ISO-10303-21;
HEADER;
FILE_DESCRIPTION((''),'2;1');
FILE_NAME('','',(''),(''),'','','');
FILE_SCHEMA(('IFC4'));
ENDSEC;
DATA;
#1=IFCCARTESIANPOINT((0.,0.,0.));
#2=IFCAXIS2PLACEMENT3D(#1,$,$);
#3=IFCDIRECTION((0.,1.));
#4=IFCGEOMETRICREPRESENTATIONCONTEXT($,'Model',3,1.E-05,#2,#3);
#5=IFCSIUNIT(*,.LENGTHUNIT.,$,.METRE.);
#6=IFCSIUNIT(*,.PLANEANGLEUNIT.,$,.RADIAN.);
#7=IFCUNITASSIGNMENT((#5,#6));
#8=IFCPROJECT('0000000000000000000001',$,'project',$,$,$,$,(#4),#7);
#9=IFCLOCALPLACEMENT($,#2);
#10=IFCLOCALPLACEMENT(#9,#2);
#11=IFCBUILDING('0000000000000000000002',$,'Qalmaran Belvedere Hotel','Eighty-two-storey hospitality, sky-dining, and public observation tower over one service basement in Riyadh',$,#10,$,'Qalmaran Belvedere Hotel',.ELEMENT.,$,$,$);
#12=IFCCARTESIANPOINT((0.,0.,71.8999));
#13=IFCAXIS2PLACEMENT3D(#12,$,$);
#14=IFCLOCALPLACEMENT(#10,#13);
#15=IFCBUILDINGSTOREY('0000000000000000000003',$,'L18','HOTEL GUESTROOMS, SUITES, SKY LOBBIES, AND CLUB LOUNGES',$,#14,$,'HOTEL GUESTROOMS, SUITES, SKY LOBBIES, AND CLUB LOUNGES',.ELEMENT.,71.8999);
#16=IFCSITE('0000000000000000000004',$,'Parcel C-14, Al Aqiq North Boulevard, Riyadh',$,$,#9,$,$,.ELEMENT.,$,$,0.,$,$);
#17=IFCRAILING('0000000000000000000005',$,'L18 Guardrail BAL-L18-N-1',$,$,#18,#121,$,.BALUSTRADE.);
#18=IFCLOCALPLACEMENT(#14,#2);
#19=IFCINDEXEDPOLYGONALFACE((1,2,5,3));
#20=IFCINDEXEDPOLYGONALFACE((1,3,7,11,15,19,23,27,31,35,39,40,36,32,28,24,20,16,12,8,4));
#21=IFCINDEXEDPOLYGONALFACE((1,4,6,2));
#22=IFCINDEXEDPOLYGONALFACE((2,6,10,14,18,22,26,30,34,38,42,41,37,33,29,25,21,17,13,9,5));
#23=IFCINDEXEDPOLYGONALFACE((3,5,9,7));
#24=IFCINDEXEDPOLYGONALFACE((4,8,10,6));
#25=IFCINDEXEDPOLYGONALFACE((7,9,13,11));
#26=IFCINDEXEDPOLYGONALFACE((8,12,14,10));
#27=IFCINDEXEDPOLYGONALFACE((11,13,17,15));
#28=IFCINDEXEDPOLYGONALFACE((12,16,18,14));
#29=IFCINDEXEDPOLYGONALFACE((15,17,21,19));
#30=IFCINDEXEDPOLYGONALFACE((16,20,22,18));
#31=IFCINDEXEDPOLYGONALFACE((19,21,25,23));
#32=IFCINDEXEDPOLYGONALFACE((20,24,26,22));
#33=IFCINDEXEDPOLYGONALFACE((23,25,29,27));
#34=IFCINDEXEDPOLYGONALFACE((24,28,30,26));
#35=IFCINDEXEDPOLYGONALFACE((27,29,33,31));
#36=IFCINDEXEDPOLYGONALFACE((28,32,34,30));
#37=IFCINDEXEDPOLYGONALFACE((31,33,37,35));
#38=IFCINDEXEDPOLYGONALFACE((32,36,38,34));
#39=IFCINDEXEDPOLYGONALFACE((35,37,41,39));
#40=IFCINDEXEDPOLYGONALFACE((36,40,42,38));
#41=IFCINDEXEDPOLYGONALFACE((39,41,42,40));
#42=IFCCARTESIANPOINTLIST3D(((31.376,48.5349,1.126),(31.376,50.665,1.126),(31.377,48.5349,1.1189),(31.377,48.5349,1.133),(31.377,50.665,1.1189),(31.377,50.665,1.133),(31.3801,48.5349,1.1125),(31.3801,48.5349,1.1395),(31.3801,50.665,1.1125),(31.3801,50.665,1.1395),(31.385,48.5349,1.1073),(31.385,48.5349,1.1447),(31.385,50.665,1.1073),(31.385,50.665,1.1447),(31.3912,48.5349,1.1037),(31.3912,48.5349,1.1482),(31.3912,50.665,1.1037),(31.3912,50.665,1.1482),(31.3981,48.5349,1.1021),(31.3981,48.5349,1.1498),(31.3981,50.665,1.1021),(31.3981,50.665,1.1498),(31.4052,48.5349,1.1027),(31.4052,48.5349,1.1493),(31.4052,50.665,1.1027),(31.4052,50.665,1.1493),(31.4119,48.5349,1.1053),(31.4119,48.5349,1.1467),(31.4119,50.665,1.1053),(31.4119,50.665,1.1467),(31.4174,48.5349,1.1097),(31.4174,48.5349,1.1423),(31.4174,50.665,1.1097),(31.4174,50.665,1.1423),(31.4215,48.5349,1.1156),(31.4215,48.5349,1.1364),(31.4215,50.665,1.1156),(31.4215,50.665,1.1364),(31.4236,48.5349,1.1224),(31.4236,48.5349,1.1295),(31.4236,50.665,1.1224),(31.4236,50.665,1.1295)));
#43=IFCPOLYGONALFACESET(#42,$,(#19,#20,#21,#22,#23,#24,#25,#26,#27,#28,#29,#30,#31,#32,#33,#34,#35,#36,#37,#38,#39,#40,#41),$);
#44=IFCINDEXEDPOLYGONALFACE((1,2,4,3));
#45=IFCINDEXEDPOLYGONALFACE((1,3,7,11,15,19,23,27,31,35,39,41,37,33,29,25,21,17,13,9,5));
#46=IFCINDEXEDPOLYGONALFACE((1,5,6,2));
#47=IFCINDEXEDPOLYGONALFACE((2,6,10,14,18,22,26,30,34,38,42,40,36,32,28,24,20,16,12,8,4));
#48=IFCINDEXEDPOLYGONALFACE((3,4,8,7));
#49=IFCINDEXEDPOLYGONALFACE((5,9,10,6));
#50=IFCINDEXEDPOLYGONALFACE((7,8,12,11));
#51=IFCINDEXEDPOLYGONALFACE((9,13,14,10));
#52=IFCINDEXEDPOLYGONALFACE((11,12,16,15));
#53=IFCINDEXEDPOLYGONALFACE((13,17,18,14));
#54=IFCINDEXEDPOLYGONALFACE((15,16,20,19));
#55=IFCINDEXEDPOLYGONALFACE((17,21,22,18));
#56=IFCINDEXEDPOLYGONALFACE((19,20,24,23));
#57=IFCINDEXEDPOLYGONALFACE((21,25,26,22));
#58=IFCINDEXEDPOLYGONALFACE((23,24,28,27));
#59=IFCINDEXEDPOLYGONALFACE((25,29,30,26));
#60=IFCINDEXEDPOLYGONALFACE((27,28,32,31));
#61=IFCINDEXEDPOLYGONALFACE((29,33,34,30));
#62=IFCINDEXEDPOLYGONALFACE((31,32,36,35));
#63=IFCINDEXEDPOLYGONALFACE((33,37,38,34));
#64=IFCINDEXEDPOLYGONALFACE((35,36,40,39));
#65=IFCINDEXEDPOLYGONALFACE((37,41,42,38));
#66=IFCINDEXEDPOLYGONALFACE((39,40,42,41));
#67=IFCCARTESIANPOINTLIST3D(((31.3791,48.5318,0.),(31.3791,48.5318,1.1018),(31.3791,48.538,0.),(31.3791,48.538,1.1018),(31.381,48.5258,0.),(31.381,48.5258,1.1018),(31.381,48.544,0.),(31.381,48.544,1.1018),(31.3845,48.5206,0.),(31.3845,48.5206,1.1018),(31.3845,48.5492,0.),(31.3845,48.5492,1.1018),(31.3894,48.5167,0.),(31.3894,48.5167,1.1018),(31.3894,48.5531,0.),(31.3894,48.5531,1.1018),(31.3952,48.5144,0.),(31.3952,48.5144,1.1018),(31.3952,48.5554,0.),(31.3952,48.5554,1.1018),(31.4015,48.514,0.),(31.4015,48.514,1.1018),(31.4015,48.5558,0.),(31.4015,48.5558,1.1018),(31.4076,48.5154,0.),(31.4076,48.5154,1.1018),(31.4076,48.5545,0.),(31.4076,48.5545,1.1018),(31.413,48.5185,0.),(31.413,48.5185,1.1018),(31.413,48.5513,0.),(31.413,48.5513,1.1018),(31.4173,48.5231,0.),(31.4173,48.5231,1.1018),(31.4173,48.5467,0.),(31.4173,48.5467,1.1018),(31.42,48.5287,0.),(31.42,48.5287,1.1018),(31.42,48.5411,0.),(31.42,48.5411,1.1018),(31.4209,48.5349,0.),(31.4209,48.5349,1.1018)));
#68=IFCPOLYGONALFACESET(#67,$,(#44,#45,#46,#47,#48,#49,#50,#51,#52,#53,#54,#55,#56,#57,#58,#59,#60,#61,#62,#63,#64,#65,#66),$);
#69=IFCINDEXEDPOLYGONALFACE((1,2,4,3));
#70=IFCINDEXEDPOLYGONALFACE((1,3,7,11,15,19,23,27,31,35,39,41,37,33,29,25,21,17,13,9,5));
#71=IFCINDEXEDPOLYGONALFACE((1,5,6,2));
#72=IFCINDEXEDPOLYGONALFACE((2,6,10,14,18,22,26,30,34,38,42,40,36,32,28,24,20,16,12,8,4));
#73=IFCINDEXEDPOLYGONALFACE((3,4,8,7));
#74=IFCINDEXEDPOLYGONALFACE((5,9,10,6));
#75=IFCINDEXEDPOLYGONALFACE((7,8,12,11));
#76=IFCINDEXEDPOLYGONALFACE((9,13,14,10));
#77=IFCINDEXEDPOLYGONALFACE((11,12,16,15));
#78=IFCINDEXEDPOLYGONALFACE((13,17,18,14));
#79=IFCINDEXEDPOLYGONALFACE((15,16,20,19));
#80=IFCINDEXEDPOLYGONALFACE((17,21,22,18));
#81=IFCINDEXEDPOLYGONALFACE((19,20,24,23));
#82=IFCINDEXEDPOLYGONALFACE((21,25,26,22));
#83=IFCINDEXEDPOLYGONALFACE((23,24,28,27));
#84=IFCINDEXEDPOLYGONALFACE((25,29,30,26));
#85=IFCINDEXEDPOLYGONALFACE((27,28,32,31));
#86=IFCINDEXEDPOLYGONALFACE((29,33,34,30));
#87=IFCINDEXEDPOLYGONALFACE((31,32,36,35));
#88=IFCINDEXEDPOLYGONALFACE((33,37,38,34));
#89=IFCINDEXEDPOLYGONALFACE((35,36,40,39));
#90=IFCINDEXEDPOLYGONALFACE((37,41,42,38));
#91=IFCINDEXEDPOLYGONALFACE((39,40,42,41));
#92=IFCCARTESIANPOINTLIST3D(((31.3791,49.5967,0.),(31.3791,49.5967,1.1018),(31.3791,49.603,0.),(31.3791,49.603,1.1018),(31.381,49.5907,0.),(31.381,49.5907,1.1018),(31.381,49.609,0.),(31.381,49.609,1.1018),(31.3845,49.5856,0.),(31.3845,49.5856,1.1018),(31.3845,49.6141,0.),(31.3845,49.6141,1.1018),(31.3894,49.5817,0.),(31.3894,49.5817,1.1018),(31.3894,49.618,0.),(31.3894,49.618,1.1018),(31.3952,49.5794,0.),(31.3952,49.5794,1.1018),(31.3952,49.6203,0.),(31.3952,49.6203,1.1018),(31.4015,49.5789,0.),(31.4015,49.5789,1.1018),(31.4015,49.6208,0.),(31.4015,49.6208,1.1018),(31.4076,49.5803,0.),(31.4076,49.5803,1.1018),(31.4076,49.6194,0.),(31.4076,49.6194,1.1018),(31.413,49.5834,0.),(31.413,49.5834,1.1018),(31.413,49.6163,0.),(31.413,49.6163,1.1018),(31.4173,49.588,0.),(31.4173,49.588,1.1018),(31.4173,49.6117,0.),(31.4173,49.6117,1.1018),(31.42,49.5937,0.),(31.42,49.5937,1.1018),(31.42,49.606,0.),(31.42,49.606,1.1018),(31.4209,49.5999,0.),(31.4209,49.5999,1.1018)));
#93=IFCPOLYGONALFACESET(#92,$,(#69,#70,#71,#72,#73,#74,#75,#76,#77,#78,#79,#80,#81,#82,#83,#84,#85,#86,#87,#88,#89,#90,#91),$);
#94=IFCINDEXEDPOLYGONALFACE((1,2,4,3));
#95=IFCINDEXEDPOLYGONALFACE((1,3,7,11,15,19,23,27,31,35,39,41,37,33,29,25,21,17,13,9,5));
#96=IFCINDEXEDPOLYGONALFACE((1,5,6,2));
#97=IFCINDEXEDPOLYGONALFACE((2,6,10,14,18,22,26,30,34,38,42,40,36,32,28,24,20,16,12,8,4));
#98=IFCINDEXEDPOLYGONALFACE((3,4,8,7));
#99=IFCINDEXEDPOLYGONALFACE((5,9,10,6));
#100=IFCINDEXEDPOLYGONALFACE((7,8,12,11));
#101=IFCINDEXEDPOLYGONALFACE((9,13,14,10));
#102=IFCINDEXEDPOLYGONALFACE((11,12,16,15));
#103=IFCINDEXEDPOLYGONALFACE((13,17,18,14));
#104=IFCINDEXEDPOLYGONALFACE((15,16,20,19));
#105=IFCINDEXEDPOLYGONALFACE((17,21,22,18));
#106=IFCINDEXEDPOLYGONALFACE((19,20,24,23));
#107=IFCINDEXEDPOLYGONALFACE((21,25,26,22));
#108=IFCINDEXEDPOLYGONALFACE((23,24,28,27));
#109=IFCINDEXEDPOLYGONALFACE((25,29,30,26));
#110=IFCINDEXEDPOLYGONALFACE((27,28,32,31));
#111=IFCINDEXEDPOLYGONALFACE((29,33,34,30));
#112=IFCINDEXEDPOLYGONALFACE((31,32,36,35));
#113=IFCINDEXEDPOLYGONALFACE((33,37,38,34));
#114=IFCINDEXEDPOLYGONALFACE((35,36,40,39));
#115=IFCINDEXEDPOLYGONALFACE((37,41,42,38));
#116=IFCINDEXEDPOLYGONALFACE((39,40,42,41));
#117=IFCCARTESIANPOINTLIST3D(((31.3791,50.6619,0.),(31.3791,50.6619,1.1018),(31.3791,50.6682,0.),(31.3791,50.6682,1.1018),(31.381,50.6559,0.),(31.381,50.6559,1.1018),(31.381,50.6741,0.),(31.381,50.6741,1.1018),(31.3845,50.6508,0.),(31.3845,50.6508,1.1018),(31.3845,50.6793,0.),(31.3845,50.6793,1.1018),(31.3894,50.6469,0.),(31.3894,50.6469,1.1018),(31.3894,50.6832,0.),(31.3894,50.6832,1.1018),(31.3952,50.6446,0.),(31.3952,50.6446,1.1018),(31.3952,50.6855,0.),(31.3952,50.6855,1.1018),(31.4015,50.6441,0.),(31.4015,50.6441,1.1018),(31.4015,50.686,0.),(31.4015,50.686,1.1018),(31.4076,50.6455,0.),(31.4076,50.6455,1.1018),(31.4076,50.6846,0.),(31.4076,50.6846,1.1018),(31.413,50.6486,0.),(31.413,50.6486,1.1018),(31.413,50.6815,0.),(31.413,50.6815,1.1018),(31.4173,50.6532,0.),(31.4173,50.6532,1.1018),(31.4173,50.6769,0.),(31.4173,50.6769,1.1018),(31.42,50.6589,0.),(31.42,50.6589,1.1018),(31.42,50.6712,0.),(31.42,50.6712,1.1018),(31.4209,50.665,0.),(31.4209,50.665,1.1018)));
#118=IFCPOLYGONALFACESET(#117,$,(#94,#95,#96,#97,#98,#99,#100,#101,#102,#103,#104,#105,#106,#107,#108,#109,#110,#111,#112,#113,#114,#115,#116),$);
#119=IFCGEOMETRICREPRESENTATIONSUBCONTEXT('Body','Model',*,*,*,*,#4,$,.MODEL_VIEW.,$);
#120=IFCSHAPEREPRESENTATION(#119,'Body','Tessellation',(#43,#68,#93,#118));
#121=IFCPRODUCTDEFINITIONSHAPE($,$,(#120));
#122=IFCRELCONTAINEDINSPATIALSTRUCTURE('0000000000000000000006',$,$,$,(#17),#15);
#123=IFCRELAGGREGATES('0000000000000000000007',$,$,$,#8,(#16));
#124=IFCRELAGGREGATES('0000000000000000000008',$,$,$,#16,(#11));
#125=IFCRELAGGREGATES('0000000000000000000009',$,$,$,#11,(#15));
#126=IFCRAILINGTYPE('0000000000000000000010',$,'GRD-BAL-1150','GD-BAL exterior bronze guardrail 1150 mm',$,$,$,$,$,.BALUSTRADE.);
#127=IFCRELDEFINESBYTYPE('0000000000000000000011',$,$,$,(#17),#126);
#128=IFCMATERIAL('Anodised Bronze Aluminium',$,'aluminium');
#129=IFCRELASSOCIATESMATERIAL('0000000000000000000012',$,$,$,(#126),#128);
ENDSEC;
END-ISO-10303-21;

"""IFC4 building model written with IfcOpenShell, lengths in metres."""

from ifc_helpers import new_model, si_unit, direction, frame, origin, origin_2d, place, context, subcontext, project, spatial, circle, extrude, material, type_object, element, save


model = new_model("IFC4")

# Units and contexts
model_context = context("Model", 3, precision=1e-05, world=origin(), true_north=direction((0.0, 1.0)))
body_context = subcontext(model_context, "Body", "Model", "MODEL_VIEW")
ifc_project = project(units=[si_unit("LENGTHUNIT", "METRE"), si_unit("PLANEANGLEUNIT", "RADIAN")], contexts=[model_context])

# Site, building, storey
site_placement = place(None, origin())
site = spatial("IfcSite", under=ifc_project, at=site_placement, Name="Parcel C-14, Al Aqiq North Boulevard, Riyadh", CompositionType="ELEMENT", RefElevation=0.0)
building_placement = place(site_placement, origin())
building = spatial("IfcBuilding", under=site, at=building_placement, Name="Qalmaran Belvedere Hotel", Description="Eighty-two-storey hospitality, sky-dining, and public observation tower over one service basement in Riyadh", LongName="Qalmaran Belvedere Hotel", CompositionType="ELEMENT")
storey_placement = place(building_placement, frame((0.0, 0.0, 71.8999)))
storey = spatial("IfcBuildingStorey", under=building, at=storey_placement, Name="L18", Description="HOTEL GUESTROOMS, SUITES, SKY LOBBIES, AND CLUB LOUNGES", LongName="HOTEL GUESTROOMS, SUITES, SKY LOBBIES, AND CLUB LOUNGES", CompositionType="ELEMENT", Elevation=71.8999)

# Shared definitions
ifc_material_1 = material(Name="Anodised Bronze Aluminium", Category="aluminium")

# Railing
railing_type = type_object("IfcRailingType", Name="GRD-BAL-1150", Description="GD-BAL exterior bronze guardrail 1150 mm", PredefinedType="BALUSTRADE", material=ifc_material_1)
railing_1_placement = place(storey_placement, frame((31.3999, 48.5349, 0.0)))
element("IfcRailing", 1, at=railing_1_placement, inside=storey, type_object=railing_type, Name="L18 Guardrail BAL-L18-N-1", PredefinedType="BALUSTRADE", context=body_context, shape_type="SweptSolid", body=[
    extrude(circle(Radius=0.0239, at=origin_2d()), frame((0.0, 0.0, 1.126), z_axis=(0.0, 1.0, 0.0), x_axis=(-1.0, 0.0, 0.0)), (0.0, 0.0, 1.0), 2.1301),
    extrude(circle(Radius=0.021, at=origin_2d()), origin(), (0.0, 0.0, 1.0), 1.1018),
    extrude(circle(Radius=0.021, at=origin_2d()), frame((0.0, 1.0649, 0.0)), (0.0, 0.0, 1.0), 1.1018),
    extrude(circle(Radius=0.021, at=origin_2d()), frame((0.0, 2.1301, 0.0)), (0.0, 0.0, 1.0), 1.1018),
])

save(model, "model.ifc")
